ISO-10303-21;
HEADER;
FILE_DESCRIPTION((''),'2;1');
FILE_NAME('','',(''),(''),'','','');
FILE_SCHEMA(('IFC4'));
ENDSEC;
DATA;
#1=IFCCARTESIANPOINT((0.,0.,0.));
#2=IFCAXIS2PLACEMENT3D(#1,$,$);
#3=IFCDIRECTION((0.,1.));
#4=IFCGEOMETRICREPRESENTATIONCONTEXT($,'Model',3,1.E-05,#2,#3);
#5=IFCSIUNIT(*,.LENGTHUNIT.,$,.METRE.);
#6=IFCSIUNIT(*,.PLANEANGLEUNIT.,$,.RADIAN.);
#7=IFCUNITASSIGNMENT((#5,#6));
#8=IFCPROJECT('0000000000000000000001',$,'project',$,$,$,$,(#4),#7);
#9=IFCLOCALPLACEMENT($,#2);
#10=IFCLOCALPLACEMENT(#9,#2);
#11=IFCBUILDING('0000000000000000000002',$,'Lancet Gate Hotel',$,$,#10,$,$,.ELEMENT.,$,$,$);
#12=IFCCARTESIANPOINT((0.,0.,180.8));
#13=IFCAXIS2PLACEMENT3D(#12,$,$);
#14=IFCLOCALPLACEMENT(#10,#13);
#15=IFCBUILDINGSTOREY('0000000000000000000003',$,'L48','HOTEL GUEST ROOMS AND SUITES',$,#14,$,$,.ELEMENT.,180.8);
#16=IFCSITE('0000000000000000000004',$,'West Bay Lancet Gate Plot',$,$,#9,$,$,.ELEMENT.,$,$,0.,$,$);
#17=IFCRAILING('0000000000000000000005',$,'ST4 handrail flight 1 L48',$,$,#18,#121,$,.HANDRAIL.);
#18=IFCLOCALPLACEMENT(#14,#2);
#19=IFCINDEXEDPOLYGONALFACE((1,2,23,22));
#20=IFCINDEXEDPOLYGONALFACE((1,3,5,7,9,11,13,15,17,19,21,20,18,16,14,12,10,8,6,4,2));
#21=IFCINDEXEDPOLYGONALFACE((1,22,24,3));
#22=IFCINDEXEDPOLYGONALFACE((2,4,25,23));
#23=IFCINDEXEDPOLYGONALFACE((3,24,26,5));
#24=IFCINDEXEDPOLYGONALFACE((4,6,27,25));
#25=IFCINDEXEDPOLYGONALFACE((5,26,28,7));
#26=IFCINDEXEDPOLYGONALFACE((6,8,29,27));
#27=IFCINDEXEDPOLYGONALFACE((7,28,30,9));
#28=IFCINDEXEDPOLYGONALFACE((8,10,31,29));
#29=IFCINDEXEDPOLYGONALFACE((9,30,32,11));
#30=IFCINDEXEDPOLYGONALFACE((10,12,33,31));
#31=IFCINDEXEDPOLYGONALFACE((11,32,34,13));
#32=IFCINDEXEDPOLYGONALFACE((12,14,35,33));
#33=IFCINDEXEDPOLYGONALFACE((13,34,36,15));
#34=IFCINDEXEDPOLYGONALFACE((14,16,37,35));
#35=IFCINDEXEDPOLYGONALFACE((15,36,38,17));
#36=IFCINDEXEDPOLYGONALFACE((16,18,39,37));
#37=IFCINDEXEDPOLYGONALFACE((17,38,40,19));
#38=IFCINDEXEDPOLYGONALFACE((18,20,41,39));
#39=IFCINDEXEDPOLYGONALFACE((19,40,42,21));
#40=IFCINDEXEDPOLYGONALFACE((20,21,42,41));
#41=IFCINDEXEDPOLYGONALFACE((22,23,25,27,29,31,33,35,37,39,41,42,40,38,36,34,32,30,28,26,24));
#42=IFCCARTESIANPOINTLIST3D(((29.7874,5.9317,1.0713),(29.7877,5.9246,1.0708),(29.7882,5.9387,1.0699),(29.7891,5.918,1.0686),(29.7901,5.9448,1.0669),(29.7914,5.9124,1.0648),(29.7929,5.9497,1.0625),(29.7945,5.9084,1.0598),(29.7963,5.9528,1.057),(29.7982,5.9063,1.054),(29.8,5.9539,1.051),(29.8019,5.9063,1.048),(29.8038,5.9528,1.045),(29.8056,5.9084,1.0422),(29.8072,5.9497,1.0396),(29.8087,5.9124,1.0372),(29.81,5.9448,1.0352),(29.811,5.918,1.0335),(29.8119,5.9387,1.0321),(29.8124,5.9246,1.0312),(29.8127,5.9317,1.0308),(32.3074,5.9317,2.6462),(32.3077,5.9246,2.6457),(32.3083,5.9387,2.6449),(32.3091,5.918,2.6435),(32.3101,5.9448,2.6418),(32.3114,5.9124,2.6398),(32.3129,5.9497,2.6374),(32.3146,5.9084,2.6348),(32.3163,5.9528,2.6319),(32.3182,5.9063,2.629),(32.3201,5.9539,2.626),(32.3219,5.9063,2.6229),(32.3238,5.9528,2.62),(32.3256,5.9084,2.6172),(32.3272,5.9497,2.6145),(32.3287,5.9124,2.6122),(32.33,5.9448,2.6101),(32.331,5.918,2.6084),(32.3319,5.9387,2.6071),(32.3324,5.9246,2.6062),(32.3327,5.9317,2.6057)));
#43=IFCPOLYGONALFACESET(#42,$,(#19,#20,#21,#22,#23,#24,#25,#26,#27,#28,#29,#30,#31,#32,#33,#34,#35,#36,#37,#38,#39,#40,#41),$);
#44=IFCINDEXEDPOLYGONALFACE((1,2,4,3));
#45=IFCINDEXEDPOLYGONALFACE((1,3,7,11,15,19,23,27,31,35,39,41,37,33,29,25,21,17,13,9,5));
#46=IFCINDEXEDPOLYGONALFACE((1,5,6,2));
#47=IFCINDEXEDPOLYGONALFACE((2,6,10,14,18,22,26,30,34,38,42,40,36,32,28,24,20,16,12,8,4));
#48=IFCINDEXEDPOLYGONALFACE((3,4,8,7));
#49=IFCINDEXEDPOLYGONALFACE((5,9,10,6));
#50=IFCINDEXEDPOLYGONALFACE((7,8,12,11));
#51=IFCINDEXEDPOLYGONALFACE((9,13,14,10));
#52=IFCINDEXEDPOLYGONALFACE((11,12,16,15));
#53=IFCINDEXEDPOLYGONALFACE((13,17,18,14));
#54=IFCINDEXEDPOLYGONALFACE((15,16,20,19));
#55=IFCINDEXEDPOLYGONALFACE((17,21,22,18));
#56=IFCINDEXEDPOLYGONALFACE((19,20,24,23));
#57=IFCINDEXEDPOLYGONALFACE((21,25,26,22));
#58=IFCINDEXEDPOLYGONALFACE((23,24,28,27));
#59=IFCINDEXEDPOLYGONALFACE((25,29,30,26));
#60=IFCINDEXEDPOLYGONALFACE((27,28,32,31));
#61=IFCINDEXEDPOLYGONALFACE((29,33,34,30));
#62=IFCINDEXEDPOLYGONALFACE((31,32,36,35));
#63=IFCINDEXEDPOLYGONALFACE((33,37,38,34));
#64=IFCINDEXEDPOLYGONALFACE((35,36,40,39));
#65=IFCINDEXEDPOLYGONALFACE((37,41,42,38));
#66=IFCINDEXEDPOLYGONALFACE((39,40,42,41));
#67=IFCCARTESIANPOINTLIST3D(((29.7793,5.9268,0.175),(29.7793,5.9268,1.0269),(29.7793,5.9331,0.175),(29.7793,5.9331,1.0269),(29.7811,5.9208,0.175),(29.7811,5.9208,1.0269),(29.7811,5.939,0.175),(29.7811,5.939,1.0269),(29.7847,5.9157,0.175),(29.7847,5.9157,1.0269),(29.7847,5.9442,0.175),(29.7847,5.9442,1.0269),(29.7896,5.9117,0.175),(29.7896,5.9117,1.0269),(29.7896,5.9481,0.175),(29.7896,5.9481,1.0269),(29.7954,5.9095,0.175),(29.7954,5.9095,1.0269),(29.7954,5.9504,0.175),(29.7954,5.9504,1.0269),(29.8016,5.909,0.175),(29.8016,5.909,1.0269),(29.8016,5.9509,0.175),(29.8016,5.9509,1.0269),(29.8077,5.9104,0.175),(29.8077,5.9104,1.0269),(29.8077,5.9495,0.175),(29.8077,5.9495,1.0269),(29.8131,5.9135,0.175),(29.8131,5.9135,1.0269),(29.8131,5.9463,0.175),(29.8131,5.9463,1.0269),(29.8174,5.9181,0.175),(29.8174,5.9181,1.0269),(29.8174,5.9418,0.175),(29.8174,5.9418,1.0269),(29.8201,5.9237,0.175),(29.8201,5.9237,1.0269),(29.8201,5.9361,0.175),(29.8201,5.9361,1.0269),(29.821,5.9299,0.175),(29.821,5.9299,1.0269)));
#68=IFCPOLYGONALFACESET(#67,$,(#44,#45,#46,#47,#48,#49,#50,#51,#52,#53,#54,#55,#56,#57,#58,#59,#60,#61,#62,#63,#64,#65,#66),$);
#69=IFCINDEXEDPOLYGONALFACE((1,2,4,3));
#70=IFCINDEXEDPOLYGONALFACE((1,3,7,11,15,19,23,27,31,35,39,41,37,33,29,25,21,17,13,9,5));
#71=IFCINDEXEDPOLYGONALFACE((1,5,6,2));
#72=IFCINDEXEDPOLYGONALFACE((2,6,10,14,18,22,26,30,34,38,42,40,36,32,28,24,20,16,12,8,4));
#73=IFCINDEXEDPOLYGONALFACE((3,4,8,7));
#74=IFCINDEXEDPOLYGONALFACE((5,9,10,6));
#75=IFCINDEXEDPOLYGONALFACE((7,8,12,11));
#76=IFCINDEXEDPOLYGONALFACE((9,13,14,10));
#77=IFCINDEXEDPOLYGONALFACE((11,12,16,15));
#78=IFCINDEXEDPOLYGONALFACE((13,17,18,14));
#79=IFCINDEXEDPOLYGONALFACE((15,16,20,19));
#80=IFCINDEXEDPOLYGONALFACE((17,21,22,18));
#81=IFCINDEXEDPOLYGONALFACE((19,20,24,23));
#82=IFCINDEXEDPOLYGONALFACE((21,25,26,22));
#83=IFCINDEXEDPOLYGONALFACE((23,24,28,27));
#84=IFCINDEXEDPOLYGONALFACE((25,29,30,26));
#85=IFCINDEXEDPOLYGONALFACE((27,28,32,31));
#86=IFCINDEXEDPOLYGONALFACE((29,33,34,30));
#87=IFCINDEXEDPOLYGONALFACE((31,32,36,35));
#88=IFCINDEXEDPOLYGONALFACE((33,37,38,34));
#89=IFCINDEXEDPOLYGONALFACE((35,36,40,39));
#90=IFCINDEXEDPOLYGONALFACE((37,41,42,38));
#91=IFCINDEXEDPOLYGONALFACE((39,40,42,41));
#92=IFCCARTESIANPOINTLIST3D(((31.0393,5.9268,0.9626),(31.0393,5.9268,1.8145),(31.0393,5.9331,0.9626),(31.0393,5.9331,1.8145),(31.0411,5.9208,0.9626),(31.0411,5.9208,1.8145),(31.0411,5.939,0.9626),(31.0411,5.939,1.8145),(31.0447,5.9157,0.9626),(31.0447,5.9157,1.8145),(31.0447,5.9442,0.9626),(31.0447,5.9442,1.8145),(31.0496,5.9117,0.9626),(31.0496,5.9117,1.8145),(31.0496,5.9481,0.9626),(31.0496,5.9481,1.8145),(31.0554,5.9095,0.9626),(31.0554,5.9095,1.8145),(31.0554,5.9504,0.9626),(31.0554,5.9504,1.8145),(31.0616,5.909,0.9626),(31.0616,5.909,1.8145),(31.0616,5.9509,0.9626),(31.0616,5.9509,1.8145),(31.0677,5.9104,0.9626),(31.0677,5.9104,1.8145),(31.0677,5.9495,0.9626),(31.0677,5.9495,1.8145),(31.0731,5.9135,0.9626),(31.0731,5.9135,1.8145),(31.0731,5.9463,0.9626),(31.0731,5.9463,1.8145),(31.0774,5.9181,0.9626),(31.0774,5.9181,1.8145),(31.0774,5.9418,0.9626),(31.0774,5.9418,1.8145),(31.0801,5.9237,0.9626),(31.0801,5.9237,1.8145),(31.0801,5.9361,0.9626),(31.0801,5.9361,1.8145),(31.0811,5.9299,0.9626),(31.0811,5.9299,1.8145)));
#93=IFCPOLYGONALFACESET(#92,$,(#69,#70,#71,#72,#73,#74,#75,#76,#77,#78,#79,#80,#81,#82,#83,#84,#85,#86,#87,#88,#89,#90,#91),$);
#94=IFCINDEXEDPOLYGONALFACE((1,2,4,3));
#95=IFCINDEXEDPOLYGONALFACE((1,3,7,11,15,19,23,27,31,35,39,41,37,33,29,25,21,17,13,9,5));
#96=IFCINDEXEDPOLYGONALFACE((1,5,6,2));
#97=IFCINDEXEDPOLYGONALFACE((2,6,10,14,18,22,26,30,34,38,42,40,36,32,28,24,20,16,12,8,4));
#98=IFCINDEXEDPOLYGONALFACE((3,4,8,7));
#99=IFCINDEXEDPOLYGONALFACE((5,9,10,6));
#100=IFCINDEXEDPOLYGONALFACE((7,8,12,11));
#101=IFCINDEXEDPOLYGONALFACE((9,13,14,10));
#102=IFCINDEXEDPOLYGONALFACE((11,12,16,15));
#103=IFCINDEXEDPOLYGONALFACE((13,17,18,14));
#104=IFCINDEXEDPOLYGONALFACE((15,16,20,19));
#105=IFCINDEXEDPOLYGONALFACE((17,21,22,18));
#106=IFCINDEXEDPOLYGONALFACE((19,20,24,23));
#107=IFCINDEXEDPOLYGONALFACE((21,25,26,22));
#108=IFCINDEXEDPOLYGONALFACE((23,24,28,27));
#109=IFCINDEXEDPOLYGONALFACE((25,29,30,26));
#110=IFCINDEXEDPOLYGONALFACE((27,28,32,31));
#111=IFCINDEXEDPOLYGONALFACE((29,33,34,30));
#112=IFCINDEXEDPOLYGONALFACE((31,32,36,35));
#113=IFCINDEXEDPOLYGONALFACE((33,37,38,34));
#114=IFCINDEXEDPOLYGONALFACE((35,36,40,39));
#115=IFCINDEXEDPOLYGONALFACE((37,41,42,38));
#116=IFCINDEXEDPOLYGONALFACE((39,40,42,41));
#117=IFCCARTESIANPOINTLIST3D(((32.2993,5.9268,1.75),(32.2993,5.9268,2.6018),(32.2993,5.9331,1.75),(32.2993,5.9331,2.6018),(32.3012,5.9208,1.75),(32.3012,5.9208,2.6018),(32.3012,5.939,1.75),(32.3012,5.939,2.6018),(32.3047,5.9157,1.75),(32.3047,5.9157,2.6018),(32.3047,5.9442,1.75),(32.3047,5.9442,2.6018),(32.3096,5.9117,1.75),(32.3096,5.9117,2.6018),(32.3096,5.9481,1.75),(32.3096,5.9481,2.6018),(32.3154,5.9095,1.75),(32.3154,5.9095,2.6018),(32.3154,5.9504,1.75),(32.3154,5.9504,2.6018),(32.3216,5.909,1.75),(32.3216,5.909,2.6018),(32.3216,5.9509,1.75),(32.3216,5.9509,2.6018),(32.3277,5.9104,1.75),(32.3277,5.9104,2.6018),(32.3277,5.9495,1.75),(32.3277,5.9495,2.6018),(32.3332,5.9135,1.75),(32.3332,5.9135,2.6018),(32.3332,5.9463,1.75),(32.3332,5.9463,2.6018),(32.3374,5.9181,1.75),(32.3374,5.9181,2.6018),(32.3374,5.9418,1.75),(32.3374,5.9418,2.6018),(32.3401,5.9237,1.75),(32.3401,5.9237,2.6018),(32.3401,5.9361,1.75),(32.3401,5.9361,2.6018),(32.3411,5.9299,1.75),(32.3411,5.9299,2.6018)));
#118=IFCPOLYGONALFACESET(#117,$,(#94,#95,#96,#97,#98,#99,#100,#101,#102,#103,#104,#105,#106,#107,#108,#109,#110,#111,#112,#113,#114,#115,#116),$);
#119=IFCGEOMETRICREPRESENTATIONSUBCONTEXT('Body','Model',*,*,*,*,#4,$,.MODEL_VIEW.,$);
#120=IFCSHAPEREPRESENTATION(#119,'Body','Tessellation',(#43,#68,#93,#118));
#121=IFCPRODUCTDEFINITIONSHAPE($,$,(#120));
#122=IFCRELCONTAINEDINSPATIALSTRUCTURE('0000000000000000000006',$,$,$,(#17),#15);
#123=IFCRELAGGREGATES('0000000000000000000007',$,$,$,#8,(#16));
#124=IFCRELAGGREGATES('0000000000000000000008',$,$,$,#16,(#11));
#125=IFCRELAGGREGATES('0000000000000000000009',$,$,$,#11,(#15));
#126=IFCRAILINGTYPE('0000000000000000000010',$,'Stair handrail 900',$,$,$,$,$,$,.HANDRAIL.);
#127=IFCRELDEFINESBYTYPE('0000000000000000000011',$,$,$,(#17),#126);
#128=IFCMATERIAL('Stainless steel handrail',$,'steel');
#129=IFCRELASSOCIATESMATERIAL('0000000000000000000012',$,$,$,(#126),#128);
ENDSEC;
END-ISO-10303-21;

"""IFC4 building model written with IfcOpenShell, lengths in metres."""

from ifc_helpers import new_model, si_unit, direction, frame, origin, origin_2d, place, context, subcontext, project, spatial, circle, extrude, material, type_object, element, save


model = new_model("IFC4")

# Units and contexts
model_context = context("Model", 3, precision=1e-05, world=origin(), true_north=direction((0.0, 1.0)))
body_context = subcontext(model_context, "Body", "Model", "MODEL_VIEW")
ifc_project = project(units=[si_unit("LENGTHUNIT", "METRE"), si_unit("PLANEANGLEUNIT", "RADIAN")], contexts=[model_context])

# Site, building, storey
site_placement = place(None, origin())
site = spatial("IfcSite", under=ifc_project, at=site_placement, Name="West Bay Lancet Gate Plot", CompositionType="ELEMENT", RefElevation=0.0)
building_placement = place(site_placement, origin())
building = spatial("IfcBuilding", under=site, at=building_placement, Name="Lancet Gate Hotel", CompositionType="ELEMENT")
storey_placement = place(building_placement, frame((0.0, 0.0, 180.8)))
storey = spatial("IfcBuildingStorey", under=building, at=storey_placement, Name="L48", Description="HOTEL GUEST ROOMS AND SUITES", CompositionType="ELEMENT", Elevation=180.8)

# Railing
ifc_material_1 = material(Name="Stainless steel handrail", Category="steel")
railing_type = type_object("IfcRailingType", Name="Stair handrail 900", PredefinedType="HANDRAIL", material=ifc_material_1)
railing_placement = place(storey_placement, frame((29.8, 5.9299, 0.175)))
element("IfcRailing", 1, at=railing_placement, inside=storey, type_object=railing_type, Name="ST4 handrail flight 1 L48", PredefinedType="HANDRAIL", context=body_context, shape_type="SweptSolid", body=[
    extrude(circle(Radius=0.0239, at=origin_2d()), frame((0.0, 0.0, 0.876), z_axis=(0.848008, 0.0, 0.529984), x_axis=(0.0, 1.0, 0.0)), (0.0, 0.0, 1.0), 2.9717),
    extrude(circle(Radius=0.021, at=origin_2d()), origin(), (0.0, 0.0, 1.0), 0.8518),
    extrude(circle(Radius=0.021, at=origin_2d()), frame((1.26, 0.0, 0.7876)), (0.0, 0.0, 1.0), 0.8518),
    extrude(circle(Radius=0.021, at=origin_2d()), frame((2.52, 0.0, 1.575)), (0.0, 0.0, 1.0), 0.8518),
])

save(model, "model.ifc")
